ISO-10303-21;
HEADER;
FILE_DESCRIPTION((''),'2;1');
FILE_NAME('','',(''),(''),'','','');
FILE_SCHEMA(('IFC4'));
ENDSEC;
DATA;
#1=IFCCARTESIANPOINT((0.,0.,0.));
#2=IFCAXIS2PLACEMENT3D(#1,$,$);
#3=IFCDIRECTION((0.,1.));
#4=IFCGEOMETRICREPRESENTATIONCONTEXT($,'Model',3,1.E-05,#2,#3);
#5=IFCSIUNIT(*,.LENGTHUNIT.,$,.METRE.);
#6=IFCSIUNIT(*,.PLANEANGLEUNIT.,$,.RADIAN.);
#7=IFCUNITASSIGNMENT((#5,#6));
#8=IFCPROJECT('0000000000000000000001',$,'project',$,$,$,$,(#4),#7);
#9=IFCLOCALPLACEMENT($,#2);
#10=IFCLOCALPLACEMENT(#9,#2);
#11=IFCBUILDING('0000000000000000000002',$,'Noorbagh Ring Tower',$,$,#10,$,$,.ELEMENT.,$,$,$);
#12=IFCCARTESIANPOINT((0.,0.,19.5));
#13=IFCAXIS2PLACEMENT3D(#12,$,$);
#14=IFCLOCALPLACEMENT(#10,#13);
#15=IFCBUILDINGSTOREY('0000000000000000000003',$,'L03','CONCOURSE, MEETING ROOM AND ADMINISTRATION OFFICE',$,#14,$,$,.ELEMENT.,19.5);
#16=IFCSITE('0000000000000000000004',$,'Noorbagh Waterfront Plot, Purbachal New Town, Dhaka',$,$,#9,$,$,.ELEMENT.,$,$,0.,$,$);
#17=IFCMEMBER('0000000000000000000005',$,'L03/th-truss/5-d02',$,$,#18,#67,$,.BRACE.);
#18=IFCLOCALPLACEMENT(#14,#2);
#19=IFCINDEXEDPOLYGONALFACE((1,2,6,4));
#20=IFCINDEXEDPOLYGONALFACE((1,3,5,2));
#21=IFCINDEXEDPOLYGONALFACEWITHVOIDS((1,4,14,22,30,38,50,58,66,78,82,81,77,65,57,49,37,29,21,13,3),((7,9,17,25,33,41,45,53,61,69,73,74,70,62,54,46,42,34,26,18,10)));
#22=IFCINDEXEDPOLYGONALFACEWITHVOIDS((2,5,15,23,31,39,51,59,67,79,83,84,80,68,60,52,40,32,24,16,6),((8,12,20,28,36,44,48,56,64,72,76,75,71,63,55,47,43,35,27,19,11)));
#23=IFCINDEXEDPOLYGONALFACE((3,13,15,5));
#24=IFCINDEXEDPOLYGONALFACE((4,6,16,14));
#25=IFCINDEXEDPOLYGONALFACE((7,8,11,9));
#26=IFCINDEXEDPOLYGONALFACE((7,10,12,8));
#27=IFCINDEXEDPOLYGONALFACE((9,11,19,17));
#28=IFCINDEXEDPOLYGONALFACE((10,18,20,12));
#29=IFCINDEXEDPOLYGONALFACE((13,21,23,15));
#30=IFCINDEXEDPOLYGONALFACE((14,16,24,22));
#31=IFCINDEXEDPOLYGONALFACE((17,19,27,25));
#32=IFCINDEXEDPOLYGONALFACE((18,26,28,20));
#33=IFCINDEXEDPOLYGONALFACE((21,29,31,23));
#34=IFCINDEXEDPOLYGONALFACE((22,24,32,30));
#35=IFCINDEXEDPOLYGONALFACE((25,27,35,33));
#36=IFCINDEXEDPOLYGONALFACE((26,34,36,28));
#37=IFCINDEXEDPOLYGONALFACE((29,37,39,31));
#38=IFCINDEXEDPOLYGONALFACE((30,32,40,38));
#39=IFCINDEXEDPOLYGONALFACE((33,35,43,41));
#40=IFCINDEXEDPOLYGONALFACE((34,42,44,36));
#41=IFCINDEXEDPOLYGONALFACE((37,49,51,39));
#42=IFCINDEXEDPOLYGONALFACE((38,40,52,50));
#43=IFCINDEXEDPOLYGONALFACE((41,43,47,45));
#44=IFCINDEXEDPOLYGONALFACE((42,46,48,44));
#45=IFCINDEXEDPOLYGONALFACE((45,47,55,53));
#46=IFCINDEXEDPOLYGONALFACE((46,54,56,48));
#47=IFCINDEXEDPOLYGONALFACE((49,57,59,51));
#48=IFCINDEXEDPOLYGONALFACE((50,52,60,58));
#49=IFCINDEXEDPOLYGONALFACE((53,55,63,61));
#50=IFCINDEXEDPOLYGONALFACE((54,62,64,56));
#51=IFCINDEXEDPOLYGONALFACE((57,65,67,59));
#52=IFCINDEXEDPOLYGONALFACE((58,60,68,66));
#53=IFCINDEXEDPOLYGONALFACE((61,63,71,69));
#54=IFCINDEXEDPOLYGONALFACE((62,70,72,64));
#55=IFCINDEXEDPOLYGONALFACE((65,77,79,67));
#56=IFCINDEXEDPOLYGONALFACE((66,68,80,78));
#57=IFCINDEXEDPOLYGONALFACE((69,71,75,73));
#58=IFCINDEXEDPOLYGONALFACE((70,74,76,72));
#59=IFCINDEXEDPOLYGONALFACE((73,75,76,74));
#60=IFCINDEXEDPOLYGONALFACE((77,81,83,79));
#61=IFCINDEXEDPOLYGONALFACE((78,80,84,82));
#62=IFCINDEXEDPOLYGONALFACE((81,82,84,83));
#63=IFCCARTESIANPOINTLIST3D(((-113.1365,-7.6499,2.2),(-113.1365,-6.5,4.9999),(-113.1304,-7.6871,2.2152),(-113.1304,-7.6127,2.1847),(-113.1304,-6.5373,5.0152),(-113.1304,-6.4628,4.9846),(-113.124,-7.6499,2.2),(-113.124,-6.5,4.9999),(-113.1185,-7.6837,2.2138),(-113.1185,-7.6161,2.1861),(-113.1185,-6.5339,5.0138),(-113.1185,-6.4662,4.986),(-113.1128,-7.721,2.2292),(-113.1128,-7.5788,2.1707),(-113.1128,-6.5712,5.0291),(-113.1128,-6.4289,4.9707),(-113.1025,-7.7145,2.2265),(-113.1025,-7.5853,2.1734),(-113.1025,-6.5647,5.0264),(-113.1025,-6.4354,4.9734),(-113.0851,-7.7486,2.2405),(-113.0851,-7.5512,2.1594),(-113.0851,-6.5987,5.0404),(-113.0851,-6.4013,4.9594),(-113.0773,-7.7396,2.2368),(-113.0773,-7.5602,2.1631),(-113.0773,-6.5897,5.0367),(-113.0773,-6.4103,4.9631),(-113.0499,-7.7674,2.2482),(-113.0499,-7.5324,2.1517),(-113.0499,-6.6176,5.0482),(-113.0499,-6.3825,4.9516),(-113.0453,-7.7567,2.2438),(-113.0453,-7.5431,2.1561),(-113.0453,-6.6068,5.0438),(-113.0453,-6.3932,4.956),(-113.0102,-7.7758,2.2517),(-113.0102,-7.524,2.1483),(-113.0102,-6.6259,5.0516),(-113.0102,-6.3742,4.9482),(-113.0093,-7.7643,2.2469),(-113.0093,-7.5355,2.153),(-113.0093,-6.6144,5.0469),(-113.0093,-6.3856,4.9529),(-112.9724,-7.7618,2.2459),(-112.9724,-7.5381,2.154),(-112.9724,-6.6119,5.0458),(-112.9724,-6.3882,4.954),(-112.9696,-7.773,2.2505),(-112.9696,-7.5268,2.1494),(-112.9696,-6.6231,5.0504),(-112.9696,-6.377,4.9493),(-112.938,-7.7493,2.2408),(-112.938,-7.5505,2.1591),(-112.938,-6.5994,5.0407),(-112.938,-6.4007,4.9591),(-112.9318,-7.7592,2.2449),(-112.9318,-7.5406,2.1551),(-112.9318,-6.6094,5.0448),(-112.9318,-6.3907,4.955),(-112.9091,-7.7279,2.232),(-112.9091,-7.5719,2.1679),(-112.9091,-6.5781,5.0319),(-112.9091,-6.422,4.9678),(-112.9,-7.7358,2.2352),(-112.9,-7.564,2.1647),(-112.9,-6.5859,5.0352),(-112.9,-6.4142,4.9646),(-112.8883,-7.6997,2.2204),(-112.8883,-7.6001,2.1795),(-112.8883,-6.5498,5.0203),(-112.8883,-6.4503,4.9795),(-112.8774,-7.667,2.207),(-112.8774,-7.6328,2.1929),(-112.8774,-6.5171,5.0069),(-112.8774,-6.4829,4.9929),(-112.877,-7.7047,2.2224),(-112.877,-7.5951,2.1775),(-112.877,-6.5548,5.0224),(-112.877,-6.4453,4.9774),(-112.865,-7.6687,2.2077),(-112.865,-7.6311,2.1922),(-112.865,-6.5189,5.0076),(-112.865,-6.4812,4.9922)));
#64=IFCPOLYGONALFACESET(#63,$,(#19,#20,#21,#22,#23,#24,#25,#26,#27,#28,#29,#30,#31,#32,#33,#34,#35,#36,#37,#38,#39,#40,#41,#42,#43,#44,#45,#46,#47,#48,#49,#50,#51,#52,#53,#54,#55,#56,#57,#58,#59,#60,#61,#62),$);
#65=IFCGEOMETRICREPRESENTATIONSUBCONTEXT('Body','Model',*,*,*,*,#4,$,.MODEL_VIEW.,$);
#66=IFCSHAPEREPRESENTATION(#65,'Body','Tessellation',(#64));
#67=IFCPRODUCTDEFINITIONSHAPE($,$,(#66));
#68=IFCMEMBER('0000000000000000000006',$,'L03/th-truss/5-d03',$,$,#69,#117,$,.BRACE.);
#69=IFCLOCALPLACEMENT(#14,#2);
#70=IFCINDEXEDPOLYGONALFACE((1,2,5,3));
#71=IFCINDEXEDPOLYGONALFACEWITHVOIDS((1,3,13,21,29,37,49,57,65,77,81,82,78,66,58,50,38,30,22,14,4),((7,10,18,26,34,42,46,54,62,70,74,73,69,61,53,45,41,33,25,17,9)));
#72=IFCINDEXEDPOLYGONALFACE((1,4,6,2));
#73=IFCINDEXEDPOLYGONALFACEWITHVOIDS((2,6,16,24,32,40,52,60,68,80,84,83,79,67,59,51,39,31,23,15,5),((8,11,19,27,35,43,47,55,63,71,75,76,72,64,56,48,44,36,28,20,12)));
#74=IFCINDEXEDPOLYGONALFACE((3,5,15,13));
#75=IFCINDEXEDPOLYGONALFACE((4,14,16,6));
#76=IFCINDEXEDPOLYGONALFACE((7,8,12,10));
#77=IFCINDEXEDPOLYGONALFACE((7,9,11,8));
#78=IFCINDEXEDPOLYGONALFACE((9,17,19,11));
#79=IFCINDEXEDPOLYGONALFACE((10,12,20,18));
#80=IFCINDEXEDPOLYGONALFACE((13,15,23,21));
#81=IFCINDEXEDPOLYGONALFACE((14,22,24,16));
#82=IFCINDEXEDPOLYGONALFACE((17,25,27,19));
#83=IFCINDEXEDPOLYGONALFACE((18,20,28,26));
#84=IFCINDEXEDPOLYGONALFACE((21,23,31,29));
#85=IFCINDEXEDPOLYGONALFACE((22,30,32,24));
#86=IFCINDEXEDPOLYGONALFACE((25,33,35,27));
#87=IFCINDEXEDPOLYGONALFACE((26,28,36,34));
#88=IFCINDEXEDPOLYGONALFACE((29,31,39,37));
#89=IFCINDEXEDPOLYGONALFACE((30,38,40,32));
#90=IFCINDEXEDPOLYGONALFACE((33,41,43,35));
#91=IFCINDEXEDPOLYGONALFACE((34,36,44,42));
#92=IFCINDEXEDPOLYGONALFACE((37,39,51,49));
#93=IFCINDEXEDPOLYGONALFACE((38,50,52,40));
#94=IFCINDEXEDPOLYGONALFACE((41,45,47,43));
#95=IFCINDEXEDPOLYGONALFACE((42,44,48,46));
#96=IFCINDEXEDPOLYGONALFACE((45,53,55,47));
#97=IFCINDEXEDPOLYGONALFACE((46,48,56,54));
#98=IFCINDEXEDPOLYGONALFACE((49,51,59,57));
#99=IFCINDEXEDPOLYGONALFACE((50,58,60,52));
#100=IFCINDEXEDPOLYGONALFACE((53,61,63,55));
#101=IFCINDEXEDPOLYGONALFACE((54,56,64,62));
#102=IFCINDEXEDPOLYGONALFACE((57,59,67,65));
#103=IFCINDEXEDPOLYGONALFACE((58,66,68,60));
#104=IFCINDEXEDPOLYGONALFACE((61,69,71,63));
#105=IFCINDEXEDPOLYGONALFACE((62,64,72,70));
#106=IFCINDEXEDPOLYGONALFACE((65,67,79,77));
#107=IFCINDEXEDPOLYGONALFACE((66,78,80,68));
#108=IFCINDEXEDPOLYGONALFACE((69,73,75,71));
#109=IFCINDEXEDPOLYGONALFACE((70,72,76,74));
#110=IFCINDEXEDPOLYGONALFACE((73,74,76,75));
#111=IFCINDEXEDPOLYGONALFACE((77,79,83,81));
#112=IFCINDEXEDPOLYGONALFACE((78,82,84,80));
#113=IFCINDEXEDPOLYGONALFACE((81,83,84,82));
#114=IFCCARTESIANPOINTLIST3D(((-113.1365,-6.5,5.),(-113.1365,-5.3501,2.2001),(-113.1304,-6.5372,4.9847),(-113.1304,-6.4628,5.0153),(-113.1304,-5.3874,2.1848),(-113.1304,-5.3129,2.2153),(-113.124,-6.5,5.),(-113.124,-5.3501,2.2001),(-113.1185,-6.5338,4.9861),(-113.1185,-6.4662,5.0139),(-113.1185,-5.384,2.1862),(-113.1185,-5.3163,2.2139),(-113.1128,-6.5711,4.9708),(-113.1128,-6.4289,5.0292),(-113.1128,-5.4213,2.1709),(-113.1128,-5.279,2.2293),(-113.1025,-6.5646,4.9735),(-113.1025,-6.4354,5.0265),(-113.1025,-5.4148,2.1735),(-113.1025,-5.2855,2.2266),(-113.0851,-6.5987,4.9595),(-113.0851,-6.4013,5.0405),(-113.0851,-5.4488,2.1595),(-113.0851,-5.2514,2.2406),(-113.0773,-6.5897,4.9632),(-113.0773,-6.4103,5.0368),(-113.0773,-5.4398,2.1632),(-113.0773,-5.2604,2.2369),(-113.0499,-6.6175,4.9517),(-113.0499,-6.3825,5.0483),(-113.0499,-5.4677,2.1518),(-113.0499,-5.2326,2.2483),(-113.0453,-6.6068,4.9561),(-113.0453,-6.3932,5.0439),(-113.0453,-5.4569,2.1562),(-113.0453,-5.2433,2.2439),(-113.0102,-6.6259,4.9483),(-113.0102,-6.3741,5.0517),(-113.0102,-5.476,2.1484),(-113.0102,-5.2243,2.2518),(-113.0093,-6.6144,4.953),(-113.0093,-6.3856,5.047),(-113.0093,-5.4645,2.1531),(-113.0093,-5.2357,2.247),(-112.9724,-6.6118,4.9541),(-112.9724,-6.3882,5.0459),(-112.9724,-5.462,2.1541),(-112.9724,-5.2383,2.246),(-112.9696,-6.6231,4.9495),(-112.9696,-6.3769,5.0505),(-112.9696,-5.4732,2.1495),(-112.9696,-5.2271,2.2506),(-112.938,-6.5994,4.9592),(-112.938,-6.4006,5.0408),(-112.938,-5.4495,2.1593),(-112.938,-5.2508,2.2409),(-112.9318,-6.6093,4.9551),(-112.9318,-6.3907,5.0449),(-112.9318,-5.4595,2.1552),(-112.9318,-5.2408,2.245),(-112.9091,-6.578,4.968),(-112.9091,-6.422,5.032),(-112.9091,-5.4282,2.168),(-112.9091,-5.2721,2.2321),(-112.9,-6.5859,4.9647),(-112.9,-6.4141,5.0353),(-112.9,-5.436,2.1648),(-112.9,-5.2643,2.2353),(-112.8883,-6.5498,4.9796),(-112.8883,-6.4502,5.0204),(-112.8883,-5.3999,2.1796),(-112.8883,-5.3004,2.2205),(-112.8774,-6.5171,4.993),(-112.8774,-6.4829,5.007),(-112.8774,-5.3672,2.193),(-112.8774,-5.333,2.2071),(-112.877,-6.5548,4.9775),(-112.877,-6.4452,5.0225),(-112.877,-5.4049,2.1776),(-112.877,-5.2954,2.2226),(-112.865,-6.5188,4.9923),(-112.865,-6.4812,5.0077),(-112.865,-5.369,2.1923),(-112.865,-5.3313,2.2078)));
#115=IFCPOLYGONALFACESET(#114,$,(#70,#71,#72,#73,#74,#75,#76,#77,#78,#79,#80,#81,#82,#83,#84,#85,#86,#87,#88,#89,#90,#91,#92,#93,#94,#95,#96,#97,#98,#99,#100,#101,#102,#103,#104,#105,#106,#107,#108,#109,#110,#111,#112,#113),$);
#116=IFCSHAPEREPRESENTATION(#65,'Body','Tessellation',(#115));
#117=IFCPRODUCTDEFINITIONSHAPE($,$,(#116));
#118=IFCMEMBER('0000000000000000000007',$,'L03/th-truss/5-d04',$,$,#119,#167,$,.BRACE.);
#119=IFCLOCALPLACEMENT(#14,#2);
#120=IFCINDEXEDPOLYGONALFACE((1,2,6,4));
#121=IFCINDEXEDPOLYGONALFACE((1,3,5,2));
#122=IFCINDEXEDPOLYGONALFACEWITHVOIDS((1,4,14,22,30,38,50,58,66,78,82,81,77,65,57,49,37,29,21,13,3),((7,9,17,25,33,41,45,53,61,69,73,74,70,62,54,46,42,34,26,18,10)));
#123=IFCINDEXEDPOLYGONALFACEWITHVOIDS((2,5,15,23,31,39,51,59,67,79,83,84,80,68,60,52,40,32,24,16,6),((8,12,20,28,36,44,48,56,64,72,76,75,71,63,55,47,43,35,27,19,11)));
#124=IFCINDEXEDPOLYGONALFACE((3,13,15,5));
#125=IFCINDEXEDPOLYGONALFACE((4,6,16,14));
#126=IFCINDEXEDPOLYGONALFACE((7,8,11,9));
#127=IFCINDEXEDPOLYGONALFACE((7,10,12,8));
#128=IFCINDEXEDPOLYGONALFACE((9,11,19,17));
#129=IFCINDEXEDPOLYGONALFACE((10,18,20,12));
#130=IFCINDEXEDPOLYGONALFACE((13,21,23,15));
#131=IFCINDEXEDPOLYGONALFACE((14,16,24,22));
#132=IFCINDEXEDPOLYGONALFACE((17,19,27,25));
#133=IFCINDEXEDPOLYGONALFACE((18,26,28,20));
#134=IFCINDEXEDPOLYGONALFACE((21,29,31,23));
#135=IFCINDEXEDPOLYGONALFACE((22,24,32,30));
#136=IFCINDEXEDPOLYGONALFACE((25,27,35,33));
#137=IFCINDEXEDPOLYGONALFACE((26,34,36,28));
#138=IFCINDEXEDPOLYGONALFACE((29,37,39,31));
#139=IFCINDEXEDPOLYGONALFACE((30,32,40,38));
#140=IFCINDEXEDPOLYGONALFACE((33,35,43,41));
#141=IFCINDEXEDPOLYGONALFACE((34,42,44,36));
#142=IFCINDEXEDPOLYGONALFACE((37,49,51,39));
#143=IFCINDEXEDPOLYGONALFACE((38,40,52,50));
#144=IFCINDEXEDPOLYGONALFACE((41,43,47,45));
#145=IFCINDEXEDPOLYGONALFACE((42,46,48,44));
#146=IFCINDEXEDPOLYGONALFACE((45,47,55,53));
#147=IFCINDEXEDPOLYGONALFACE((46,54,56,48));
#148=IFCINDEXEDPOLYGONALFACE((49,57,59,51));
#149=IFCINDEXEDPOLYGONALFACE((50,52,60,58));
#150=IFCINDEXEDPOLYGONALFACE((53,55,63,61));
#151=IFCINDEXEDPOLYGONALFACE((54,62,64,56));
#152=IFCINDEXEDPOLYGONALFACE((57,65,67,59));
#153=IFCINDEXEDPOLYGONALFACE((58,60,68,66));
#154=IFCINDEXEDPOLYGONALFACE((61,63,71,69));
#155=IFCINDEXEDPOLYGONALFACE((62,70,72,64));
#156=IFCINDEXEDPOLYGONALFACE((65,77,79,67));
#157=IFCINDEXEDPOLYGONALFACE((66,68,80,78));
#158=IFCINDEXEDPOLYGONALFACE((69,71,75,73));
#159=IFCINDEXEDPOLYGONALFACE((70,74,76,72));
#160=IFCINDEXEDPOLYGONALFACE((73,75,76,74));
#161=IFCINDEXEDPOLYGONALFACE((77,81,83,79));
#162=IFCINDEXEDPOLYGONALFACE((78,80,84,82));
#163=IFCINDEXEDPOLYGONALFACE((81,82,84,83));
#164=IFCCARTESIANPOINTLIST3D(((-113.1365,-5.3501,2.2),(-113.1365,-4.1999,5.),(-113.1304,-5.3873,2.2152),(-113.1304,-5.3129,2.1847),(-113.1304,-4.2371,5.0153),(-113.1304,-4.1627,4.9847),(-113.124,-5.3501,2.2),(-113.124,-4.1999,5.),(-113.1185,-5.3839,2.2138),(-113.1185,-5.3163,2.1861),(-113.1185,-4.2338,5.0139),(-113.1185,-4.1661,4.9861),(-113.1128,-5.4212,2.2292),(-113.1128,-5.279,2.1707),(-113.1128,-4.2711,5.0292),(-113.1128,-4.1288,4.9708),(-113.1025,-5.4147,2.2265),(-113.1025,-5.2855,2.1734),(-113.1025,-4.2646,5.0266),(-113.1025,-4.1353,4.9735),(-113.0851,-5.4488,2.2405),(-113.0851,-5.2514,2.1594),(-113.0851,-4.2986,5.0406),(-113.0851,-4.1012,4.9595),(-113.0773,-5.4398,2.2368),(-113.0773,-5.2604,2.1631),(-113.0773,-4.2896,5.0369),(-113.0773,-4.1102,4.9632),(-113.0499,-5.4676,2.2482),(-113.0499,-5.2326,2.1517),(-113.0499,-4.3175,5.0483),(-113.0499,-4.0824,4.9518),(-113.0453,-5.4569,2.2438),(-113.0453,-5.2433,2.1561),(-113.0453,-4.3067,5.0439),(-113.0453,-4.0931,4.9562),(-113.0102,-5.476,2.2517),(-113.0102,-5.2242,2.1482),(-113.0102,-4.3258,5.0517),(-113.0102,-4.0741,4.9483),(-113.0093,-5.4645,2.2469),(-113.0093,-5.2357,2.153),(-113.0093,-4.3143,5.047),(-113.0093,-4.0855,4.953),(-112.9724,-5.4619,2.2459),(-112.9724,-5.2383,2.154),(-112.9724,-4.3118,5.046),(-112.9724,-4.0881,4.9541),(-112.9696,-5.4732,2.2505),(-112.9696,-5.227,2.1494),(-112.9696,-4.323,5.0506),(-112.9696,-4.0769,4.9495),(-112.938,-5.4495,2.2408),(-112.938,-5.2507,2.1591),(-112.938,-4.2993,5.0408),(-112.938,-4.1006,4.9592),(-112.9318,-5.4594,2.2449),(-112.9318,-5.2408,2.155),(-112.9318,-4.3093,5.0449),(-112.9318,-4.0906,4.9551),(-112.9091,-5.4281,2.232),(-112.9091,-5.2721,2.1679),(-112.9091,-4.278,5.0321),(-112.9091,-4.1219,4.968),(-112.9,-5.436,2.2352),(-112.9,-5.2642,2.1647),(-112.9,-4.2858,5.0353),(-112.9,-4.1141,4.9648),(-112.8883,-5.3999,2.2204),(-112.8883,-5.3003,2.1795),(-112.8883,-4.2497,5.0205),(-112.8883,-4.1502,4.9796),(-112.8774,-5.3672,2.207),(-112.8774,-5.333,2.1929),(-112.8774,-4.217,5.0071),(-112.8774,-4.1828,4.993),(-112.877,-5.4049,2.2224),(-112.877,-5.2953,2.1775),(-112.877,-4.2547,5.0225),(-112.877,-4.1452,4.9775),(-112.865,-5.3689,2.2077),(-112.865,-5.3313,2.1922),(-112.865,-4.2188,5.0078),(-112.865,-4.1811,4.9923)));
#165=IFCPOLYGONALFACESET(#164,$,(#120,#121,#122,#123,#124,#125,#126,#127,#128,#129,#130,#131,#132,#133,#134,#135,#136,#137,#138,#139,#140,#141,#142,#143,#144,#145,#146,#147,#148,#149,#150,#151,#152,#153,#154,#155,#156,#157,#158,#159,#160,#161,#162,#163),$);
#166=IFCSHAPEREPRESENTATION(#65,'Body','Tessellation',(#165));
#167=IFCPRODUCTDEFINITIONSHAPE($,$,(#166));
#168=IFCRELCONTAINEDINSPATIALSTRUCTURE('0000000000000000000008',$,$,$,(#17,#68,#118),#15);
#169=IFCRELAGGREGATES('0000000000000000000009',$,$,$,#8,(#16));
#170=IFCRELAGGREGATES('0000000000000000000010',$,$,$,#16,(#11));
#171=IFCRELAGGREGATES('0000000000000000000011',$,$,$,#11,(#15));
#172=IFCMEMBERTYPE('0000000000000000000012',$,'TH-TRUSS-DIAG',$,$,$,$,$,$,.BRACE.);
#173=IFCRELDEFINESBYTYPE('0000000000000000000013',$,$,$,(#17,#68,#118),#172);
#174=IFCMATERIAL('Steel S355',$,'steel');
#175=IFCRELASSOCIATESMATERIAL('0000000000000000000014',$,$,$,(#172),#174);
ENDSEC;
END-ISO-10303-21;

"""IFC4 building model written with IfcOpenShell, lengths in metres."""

from ifc_helpers import new_model, si_unit, direction, frame, origin, origin_2d, place, context, subcontext, project, spatial, hollow_circle, extrude, material, material_profile, profile_set, type_object, element, save


model = new_model("IFC4")

# Units and contexts
model_context = context("Model", 3, precision=1e-05, world=origin(), true_north=direction((0.0, 1.0)))
body_context = subcontext(model_context, "Body", "Model", "MODEL_VIEW")
ifc_project = project(units=[si_unit("LENGTHUNIT", "METRE"), si_unit("PLANEANGLEUNIT", "RADIAN")], contexts=[model_context])

# Site, building, storey
site_placement = place(None, origin())
site = spatial("IfcSite", under=ifc_project, at=site_placement, Name="Noorbagh Waterfront Plot, Purbachal New Town, Dhaka", CompositionType="ELEMENT", RefElevation=0.0)
building_placement = place(site_placement, origin())
building = spatial("IfcBuilding", under=site, at=building_placement, Name="Noorbagh Ring Tower", CompositionType="ELEMENT")
storey_placement = place(building_placement, frame((0.0, 0.0, 19.5)))
storey = spatial("IfcBuildingStorey", under=building, at=storey_placement, Name="L03", Description="CONCOURSE, MEETING ROOM AND ADMINISTRATION OFFICE", CompositionType="ELEMENT", Elevation=19.5)

# Members
ifc_material = material(Name="Steel S355", Category="steel")
ifc_material_profile = material_profile(ifc_material, hollow_circle(Radius=0.1365, WallThickness=0.0125, at=origin_2d()), Name="CHS273x12.5")
ifc_profile_set = profile_set([ifc_material_profile], Name="Steel S355")
member_type = type_object("IfcMemberType", Name="TH-TRUSS-DIAG", PredefinedType="BRACE", material=ifc_profile_set)
for number, where, z_axis, x_axis, name in (
    (1, (-113.0, -7.6499, 2.2), (0.0, 0.379886, 0.925033), (-1.0, 0.0, 0.0), "L03/th-truss/5-d02"),
    (2, (-113.0, -6.5, 5.0), (0.0, 0.379886, -0.925033), (-1.0, 0.0, 0.0), "L03/th-truss/5-d03"),
):
    element("IfcMember", number, at=place(storey_placement, frame(where, z_axis=z_axis, x_axis=x_axis)), inside=storey, type_object=member_type, Name=name, PredefinedType="BRACE", context=body_context, shape_type="SweptSolid", body=[
        extrude(hollow_circle(Radius=0.1365, WallThickness=0.0125, at=origin_2d()), origin(), (0.0, 0.0, 1.0), 3.0269),
    ])
member_1_placement = place(storey_placement, frame((-113.0, -5.3501, 2.2), z_axis=(0.0, 0.379955, 0.925005), x_axis=(-1.0, 0.0, 0.0)))
element("IfcMember", 3, at=member_1_placement, inside=storey, type_object=member_type, Name="L03/th-truss/5-d04", PredefinedType="BRACE", context=body_context, shape_type="SweptSolid", body=[
    extrude(hollow_circle(Radius=0.1365, WallThickness=0.0125, at=origin_2d()), origin(), (0.0, 0.0, 1.0), 3.0271),
])

save(model, "model.ifc")
